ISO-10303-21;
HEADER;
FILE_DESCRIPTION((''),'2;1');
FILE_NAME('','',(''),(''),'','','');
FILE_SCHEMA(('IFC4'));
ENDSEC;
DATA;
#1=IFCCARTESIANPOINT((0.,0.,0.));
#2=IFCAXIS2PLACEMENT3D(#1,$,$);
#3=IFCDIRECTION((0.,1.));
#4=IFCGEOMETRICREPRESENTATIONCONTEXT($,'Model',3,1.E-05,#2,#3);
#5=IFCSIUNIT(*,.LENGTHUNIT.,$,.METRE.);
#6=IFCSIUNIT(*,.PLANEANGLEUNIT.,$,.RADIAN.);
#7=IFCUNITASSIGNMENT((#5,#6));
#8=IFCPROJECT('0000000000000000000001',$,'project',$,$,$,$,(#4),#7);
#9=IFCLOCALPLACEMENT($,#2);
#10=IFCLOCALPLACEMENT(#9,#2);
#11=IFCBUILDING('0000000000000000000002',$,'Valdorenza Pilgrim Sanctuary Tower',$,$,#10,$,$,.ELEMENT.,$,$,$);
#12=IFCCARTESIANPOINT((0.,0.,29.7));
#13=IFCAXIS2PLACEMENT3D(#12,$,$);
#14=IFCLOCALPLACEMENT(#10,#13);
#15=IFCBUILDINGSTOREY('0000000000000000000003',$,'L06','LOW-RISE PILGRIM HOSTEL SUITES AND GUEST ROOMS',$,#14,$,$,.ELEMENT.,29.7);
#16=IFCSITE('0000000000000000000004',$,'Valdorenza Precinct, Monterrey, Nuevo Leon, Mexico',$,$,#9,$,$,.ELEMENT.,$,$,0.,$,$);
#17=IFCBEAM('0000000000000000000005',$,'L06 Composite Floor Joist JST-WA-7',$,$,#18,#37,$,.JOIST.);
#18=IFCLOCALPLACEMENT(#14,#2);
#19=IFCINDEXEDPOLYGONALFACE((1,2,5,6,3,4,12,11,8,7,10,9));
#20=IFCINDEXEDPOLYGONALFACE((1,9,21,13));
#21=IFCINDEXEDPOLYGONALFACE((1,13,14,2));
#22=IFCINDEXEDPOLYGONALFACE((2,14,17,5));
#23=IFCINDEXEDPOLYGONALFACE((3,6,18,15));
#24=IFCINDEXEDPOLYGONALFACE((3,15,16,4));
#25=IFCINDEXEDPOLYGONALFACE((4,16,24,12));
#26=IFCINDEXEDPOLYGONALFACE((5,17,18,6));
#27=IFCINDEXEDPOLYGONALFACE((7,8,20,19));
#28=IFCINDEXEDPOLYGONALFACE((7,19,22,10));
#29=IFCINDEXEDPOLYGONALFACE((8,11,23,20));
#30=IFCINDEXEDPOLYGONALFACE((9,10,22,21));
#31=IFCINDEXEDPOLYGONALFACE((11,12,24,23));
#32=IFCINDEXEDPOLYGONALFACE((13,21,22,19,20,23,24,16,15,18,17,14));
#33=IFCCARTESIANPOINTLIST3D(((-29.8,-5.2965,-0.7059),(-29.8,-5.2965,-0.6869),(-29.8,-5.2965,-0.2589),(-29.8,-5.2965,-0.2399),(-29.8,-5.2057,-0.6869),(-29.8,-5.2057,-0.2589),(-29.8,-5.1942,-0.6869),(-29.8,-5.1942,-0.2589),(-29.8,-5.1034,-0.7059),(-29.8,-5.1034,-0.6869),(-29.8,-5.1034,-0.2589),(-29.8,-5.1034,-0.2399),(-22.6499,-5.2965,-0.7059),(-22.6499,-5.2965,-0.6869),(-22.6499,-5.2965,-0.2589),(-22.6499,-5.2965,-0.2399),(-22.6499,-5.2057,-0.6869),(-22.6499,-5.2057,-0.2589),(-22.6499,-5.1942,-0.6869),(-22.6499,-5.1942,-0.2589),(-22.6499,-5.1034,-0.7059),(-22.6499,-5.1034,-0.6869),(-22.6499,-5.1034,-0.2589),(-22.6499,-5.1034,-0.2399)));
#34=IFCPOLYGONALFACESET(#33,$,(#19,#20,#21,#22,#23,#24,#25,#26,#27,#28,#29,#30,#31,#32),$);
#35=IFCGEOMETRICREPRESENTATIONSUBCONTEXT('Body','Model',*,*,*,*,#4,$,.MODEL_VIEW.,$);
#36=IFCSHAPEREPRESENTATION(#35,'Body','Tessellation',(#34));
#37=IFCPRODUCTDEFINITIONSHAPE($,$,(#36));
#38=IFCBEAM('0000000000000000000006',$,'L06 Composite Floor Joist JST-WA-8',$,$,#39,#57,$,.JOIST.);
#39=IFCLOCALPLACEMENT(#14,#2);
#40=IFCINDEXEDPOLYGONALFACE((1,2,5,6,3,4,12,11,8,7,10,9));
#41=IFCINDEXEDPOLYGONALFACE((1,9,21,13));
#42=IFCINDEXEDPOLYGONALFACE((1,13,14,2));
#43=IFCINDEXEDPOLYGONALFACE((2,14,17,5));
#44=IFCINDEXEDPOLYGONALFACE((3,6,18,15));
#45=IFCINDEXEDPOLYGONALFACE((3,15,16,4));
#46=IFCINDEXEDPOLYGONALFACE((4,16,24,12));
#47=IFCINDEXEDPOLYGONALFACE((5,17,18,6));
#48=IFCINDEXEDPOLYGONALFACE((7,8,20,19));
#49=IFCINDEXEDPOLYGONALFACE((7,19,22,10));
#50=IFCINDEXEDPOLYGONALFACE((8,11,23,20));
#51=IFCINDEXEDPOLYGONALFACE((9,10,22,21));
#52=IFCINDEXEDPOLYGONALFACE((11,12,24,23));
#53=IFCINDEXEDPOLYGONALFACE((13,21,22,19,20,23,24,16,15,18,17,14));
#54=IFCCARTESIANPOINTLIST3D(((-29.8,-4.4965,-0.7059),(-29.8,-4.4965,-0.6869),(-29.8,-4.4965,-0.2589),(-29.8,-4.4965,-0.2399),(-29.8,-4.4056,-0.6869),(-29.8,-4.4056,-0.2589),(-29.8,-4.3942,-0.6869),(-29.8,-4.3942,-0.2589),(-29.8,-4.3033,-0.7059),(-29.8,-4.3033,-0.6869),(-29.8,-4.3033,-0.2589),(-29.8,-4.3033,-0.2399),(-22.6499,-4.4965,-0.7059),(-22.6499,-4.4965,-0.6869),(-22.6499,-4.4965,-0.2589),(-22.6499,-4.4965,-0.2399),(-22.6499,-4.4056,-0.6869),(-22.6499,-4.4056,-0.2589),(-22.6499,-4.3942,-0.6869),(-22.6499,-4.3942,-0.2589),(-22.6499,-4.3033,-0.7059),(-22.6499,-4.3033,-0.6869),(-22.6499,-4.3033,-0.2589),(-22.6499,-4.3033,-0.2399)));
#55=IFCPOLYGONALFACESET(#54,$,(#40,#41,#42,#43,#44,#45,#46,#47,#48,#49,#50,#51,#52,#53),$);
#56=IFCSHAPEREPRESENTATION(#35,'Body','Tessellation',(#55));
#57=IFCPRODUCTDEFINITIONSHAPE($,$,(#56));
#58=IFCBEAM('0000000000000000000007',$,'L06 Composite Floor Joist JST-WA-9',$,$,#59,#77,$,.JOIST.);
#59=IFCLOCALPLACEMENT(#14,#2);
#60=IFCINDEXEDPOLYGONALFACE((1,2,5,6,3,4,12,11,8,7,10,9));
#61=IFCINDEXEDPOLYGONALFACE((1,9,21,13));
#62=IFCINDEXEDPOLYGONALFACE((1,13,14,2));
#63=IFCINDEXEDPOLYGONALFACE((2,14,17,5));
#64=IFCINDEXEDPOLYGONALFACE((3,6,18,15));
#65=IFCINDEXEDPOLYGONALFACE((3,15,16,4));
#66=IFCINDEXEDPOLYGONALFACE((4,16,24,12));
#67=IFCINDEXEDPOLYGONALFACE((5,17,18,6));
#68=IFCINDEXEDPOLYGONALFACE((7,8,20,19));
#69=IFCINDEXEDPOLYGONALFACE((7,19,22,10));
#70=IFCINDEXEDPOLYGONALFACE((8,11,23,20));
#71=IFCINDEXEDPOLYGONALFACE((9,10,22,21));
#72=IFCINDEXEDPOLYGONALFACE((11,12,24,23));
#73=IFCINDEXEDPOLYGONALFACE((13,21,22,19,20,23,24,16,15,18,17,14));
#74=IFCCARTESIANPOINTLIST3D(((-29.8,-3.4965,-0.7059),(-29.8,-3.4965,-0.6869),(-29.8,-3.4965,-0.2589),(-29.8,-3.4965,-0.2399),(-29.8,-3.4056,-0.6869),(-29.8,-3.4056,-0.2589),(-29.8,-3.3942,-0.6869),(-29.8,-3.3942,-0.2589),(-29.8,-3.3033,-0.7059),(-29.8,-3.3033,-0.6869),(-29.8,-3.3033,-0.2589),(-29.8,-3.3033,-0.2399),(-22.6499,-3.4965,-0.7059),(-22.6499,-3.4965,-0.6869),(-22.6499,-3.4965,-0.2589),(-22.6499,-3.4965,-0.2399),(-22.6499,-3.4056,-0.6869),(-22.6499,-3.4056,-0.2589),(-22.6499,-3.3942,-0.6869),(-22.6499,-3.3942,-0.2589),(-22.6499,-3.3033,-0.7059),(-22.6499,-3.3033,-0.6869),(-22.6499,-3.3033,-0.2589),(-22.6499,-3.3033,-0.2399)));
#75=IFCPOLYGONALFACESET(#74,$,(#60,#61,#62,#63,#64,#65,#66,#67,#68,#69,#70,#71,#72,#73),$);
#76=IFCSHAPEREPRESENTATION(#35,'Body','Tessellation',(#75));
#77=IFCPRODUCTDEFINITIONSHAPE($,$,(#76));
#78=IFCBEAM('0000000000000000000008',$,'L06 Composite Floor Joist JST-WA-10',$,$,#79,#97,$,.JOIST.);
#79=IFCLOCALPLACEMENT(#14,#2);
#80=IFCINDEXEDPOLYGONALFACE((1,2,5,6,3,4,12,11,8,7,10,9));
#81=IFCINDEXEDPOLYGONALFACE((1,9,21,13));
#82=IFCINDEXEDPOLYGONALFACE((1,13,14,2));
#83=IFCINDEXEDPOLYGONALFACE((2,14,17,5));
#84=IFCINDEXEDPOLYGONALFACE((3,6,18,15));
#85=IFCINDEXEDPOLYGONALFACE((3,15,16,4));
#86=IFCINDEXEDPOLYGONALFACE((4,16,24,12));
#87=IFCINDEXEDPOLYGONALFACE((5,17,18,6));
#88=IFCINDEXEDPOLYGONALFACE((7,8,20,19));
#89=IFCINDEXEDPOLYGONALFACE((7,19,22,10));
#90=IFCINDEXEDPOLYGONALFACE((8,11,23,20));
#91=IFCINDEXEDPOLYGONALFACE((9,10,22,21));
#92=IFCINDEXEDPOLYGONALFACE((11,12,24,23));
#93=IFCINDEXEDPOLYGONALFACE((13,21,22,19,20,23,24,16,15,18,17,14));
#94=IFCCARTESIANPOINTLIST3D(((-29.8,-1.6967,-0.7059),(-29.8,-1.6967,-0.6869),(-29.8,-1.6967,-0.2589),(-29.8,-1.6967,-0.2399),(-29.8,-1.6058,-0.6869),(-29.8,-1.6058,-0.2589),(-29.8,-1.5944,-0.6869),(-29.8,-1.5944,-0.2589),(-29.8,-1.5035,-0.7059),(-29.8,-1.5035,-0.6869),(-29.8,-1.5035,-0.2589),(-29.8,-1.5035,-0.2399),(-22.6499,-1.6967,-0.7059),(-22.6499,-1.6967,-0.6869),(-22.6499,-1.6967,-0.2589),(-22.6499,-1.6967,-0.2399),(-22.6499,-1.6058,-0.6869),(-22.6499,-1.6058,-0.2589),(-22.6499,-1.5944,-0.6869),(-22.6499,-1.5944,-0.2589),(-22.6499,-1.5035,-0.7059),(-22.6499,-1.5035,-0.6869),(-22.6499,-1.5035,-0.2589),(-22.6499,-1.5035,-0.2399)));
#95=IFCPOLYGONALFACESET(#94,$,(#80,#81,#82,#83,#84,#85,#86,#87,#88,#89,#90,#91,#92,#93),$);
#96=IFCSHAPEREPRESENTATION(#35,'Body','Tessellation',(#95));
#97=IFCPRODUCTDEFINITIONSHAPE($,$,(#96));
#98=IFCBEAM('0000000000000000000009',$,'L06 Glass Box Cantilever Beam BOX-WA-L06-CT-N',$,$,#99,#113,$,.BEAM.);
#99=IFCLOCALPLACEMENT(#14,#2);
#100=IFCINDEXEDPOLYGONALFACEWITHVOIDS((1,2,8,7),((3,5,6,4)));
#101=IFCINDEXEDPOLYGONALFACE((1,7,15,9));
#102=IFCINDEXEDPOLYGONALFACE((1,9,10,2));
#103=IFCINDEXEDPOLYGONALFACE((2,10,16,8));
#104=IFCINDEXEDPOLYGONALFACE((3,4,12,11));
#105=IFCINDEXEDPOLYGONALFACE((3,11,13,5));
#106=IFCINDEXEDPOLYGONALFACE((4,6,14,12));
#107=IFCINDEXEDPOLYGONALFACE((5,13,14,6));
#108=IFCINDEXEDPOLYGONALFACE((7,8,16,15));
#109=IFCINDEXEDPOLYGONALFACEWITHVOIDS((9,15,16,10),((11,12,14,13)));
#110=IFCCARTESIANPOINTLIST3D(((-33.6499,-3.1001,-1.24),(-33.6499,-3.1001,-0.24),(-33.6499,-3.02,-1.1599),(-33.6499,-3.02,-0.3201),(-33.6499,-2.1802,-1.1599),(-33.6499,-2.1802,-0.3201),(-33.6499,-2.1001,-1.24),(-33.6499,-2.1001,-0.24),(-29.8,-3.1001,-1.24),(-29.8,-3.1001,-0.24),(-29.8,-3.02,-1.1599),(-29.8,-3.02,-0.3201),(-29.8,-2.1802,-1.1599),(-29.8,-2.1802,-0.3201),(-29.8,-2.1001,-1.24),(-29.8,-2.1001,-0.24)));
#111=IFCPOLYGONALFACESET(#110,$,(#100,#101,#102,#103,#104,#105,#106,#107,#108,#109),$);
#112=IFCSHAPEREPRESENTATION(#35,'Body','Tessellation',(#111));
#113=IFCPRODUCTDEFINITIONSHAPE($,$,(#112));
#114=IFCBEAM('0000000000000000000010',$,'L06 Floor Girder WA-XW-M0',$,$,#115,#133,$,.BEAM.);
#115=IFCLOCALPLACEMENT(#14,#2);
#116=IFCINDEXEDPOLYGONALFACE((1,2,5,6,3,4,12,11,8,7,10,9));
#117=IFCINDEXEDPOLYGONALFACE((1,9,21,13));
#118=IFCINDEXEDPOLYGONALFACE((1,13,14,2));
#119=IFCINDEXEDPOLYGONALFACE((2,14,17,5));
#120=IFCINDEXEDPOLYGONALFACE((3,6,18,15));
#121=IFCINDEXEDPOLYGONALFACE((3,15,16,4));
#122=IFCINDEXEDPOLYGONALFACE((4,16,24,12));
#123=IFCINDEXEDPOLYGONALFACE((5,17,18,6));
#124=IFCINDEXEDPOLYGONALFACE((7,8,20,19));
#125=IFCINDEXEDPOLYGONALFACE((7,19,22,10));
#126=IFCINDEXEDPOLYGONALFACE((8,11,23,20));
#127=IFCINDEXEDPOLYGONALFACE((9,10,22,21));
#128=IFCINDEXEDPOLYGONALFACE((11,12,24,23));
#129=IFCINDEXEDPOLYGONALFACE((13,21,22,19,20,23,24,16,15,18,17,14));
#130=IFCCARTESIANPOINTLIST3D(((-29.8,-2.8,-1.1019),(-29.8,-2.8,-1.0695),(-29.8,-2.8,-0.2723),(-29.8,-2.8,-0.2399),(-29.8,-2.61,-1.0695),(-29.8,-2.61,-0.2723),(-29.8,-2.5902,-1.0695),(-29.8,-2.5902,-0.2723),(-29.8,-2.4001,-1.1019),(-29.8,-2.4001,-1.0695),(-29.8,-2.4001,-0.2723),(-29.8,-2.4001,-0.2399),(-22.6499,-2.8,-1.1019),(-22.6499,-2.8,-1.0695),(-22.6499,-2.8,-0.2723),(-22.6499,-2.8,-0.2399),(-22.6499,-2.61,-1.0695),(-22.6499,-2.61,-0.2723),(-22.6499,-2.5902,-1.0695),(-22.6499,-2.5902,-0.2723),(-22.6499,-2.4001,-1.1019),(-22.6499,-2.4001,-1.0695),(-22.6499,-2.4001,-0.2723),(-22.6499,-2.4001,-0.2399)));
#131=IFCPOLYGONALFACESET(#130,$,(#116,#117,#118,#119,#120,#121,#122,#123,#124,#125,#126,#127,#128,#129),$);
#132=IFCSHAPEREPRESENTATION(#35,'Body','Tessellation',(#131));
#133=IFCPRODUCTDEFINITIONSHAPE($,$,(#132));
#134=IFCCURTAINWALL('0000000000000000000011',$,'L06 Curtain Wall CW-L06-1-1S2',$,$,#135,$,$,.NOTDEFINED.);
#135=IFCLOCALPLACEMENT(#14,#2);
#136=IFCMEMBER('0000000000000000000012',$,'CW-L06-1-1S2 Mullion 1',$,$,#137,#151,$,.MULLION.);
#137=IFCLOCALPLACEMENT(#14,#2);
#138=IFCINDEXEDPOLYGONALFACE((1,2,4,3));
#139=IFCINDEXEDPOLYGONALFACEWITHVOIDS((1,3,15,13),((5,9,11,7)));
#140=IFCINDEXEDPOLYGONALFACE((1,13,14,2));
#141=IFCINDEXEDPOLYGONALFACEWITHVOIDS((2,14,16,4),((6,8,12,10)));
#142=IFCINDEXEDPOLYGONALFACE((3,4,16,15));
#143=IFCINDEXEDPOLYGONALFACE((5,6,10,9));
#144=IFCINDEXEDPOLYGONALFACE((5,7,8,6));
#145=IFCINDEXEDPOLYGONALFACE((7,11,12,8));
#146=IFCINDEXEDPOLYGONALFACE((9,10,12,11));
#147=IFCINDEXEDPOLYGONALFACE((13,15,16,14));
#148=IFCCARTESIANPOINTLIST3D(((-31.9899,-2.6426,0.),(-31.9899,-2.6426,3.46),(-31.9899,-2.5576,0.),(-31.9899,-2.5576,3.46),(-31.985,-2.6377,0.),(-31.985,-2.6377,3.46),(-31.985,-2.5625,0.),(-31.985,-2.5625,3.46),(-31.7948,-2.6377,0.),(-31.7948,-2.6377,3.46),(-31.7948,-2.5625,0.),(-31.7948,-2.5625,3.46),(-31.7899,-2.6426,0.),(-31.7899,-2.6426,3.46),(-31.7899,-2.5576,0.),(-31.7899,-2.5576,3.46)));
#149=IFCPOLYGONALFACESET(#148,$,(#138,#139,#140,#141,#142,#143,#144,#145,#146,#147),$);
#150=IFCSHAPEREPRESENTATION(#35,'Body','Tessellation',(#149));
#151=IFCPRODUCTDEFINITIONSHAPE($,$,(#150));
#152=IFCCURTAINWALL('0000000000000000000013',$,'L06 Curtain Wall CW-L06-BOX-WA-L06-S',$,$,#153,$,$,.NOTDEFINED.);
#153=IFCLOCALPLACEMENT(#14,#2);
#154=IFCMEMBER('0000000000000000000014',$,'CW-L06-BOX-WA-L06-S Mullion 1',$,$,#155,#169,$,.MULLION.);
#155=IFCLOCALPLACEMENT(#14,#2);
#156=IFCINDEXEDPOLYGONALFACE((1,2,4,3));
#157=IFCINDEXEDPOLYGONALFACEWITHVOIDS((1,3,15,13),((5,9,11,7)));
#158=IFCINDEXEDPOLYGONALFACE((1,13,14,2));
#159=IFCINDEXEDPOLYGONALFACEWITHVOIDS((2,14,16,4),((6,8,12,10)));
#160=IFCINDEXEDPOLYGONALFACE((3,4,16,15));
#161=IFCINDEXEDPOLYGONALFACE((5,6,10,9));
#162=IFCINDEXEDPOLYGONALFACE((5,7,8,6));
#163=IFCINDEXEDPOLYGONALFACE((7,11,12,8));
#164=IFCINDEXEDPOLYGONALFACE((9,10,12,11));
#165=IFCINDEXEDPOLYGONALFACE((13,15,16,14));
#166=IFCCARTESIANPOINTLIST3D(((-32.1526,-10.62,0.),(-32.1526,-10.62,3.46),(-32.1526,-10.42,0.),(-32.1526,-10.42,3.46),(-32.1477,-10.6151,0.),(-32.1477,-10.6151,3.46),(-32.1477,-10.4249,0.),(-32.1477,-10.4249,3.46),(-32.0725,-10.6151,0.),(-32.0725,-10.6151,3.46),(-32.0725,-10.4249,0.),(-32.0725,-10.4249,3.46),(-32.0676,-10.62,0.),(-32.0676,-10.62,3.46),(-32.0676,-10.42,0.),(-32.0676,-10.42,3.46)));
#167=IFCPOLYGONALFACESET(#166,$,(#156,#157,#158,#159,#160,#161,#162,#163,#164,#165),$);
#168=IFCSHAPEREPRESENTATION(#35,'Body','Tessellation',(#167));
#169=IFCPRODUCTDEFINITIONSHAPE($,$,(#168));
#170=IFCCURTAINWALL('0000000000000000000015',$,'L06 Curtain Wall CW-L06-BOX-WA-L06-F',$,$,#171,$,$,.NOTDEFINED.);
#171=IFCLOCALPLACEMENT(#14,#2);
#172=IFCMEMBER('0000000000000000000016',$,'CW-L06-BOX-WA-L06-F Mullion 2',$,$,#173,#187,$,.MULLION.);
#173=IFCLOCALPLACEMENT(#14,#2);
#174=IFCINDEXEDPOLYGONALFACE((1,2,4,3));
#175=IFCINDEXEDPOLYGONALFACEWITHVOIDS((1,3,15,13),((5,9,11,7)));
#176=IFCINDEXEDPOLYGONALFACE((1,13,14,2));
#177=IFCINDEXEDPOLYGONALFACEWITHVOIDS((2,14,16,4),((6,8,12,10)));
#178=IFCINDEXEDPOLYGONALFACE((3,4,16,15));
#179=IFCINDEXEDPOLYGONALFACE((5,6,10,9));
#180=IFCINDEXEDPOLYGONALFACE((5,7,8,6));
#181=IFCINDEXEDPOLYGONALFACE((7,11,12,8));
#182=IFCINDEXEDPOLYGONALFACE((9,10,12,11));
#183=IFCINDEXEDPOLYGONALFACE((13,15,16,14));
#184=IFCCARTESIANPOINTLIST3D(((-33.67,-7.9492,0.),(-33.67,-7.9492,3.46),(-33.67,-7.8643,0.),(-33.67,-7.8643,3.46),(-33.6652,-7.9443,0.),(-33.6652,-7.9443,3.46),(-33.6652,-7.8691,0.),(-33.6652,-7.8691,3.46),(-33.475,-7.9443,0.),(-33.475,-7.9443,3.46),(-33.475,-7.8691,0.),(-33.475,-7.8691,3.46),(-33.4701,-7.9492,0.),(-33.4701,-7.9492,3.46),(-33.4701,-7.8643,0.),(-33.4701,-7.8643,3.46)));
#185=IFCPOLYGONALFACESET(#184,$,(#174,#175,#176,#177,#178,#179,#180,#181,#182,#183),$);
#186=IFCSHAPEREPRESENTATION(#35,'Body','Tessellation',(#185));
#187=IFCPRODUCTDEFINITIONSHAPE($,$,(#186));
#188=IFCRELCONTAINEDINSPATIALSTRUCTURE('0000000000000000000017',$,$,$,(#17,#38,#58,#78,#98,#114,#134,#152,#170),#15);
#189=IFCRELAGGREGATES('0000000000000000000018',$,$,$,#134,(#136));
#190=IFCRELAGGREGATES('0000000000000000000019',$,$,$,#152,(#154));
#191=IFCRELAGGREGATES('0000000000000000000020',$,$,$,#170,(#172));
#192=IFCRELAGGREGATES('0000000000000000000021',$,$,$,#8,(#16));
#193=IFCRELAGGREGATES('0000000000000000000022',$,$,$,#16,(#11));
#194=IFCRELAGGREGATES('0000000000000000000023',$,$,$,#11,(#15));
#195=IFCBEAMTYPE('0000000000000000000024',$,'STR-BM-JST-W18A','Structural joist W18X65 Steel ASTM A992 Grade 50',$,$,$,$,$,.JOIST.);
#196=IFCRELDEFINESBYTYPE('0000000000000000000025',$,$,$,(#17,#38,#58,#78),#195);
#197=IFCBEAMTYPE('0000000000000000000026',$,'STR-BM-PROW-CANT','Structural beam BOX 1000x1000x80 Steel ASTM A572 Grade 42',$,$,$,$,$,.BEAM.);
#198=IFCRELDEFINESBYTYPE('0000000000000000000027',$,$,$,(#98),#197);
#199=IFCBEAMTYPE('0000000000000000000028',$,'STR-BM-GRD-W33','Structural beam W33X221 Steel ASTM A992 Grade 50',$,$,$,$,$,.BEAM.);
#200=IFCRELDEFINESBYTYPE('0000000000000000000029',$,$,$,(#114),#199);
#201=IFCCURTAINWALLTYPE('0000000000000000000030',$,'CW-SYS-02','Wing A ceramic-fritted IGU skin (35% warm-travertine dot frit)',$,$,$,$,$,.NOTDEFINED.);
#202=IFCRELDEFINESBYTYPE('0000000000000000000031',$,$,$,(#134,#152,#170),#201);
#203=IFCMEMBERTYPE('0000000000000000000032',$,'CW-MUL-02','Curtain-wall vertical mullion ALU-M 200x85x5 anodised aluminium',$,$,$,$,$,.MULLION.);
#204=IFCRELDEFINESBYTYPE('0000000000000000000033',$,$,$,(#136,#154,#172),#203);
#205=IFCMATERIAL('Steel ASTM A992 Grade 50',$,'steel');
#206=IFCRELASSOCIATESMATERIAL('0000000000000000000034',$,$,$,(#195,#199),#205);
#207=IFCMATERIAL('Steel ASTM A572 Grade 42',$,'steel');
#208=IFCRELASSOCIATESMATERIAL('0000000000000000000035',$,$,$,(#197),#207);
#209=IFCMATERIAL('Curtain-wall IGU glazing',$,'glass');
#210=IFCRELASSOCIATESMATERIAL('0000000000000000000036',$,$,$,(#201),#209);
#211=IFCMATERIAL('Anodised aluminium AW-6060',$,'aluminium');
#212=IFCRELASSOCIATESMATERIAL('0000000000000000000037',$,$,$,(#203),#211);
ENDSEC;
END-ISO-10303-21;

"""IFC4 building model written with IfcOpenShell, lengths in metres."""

from ifc_helpers import new_model, si_unit, direction, frame, origin, origin_2d, place, context, subcontext, project, spatial, hollow_rectangle, i_section, extrude, source, transform, mapped, material, material_profile, profile_set, type_object, element, aggregate, save


model = new_model("IFC4")

# Units and contexts
model_context = context("Model", 3, precision=1e-05, world=origin(), true_north=direction((0.0, 1.0)))
body_context = subcontext(model_context, "Body", "Model", "MODEL_VIEW")
ifc_project = project(units=[si_unit("LENGTHUNIT", "METRE"), si_unit("PLANEANGLEUNIT", "RADIAN")], contexts=[model_context])

# Site, building, storey
site_placement = place(None, origin())
site = spatial("IfcSite", under=ifc_project, at=site_placement, Name="Valdorenza Precinct, Monterrey, Nuevo Leon, Mexico", CompositionType="ELEMENT", RefElevation=0.0)
building_placement = place(site_placement, origin())
building = spatial("IfcBuilding", under=site, at=building_placement, Name="Valdorenza Pilgrim Sanctuary Tower", CompositionType="ELEMENT")
storey_placement = place(building_placement, frame((0.0, 0.0, 29.7)))
storey = spatial("IfcBuildingStorey", under=building, at=storey_placement, Name="L06", Description="LOW-RISE PILGRIM HOSTEL SUITES AND GUEST ROOMS", CompositionType="ELEMENT", Elevation=29.7)

# Beams
ifc_material_1 = material(Name="Steel ASTM A992 Grade 50", Category="steel")
ifc_material_profile_1 = material_profile(ifc_material_1, i_section(OverallWidth=0.1931, OverallDepth=0.4661, WebThickness=0.0115, FlangeThickness=0.019, at=origin_2d()), Name="W18X65")
ifc_profile_set_1 = profile_set([ifc_material_profile_1], Name="Steel ASTM A992 Grade 50")
beam_type_1 = type_object("IfcBeamType", Name="STR-BM-JST-W18A", Description="Structural joist W18X65 Steel ASTM A992 Grade 50", PredefinedType="JOIST", material=ifc_profile_set_1)
shared_shape_1 = source(origin(), body_context, "Body", "SweptSolid", [
    extrude(i_section(OverallWidth=0.1931, OverallDepth=0.4661, WebThickness=0.0115, FlangeThickness=0.019, at=origin_2d()), origin(), (0.0, 0.0, 1.0), 7.1501),
])
for number, where, z_axis, x_axis, name in (
    (1, (-29.8, -5.2, -0.4729), (1.0, 0.0, 0.0), (0.0, 1.0, 0.0), "L06 Composite Floor Joist JST-WA-7"),
    (2, (-29.8, -4.3999, -0.4729), (1.0, 0.0, 0.0), (0.0, 1.0, 0.0), "L06 Composite Floor Joist JST-WA-8"),
    (3, (-29.8, -3.3999, -0.4729), (1.0, 0.0, 0.0), (0.0, 1.0, 0.0), "L06 Composite Floor Joist JST-WA-9"),
    (4, (-29.8, -1.6001, -0.4729), (1.0, 0.0, 0.0), (0.0, 1.0, 0.0), "L06 Composite Floor Joist JST-WA-10"),
):
    element("IfcBeam", number, at=place(storey_placement, frame(where, z_axis=z_axis, x_axis=x_axis)), inside=storey, type_object=beam_type_1, Name=name, PredefinedType="JOIST", context=body_context, shape_type="MappedRepresentation", body=[
        mapped(shared_shape_1, transform((0.0, 0.0, 0.0), x_axis=(1.0, 0.0, 0.0), y_axis=(0.0, 1.0, 0.0), z_axis=(0.0, 0.0, 1.0), scale=1.0)),
    ])
ifc_material_2 = material(Name="Steel ASTM A572 Grade 42", Category="steel")
ifc_material_profile_2 = material_profile(ifc_material_2, hollow_rectangle(XDim=1.0, YDim=1.0, WallThickness=0.0801, at=origin_2d()), Name="BOX 1000x1000x80")
ifc_profile_set_2 = profile_set([ifc_material_profile_2], Name="Steel ASTM A572 Grade 42")
beam_type_2 = type_object("IfcBeamType", Name="STR-BM-PROW-CANT", Description="Structural beam BOX 1000x1000x80 Steel ASTM A572 Grade 42", PredefinedType="BEAM", material=ifc_profile_set_2)
shared_shape_2 = source(origin(), body_context, "Body", "SweptSolid", [
    extrude(hollow_rectangle(XDim=1.0, YDim=1.0, WallThickness=0.0801, at=origin_2d()), origin(), (0.0, 0.0, 1.0), 3.8499),
])
beam_1_placement = place(storey_placement, frame((-29.8, -2.6001, -0.74), z_axis=(-1.0, 0.0, 0.0), x_axis=(0.0, -1.0, 0.0)))
element("IfcBeam", 5, at=beam_1_placement, inside=storey, type_object=beam_type_2, Name="L06 Glass Box Cantilever Beam BOX-WA-L06-CT-N", PredefinedType="BEAM", context=body_context, shape_type="MappedRepresentation", body=[
    mapped(shared_shape_2, transform((0.0, 0.0, 0.0), x_axis=(1.0, 0.0, 0.0), y_axis=(0.0, 1.0, 0.0), z_axis=(0.0, 0.0, 1.0), scale=1.0)),
])
ifc_material_profile_3 = material_profile(ifc_material_1, i_section(OverallWidth=0.3999, OverallDepth=0.8621, WebThickness=0.0198, FlangeThickness=0.0325, at=origin_2d()), Name="W33X221")
ifc_profile_set_3 = profile_set([ifc_material_profile_3], Name="Steel ASTM A992 Grade 50")
beam_type_3 = type_object("IfcBeamType", Name="STR-BM-GRD-W33", Description="Structural beam W33X221 Steel ASTM A992 Grade 50", PredefinedType="BEAM", material=ifc_profile_set_3)
shared_shape_3 = source(origin(), body_context, "Body", "SweptSolid", [
    extrude(i_section(OverallWidth=0.3999, OverallDepth=0.8621, WebThickness=0.0198, FlangeThickness=0.0325, at=origin_2d()), origin(), (0.0, 0.0, 1.0), 7.1501),
])
beam_2_placement = place(storey_placement, frame((-29.8, -2.6001, -0.6709), z_axis=(1.0, 0.0, 0.0), x_axis=(0.0, 1.0, 0.0)))
element("IfcBeam", 6, at=beam_2_placement, inside=storey, type_object=beam_type_3, Name="L06 Floor Girder WA-XW-M0", PredefinedType="BEAM", context=body_context, shape_type="MappedRepresentation", body=[
    mapped(shared_shape_3, transform((0.0, 0.0, 0.0), x_axis=(1.0, 0.0, 0.0), y_axis=(0.0, 1.0, 0.0), z_axis=(0.0, 0.0, 1.0), scale=1.0)),
])

# Curtain walls, members
ifc_material_3 = material(Name="Curtain-wall IGU glazing", Category="glass")
curtain_wall_type = type_object("IfcCurtainWallType", Name="CW-SYS-02", Description="Wing A ceramic-fritted IGU skin (35% warm-travertine dot frit)", PredefinedType="NOTDEFINED", material=ifc_material_3)
curtain_wall_1_placement = place(storey_placement, origin())
curtain_wall_1 = element("IfcCurtainWall", 7, at=curtain_wall_1_placement, inside=storey, type_object=curtain_wall_type, Name="L06 Curtain Wall CW-L06-1-1S2", PredefinedType="NOTDEFINED")
ifc_material_4 = material(Name="Anodised aluminium AW-6060", Category="aluminium")
ifc_material_profile_4 = material_profile(ifc_material_4, hollow_rectangle(XDim=0.085, YDim=0.2, WallThickness=0.0049, at=origin_2d()), Name="ALU-M 200x85x5")
ifc_profile_set_4 = profile_set([ifc_material_profile_4], Name="Anodised aluminium AW-6060")
member_type_1 = type_object("IfcMemberType", Name="CW-MUL-02", Description="Curtain-wall vertical mullion ALU-M 200x85x5 anodised aluminium", PredefinedType="MULLION", material=ifc_profile_set_4)
shared_shape_4 = source(origin(), body_context, "Body", "SweptSolid", [
    extrude(hollow_rectangle(XDim=0.085, YDim=0.2, WallThickness=0.0049, at=origin_2d()), origin(), (0.0, 0.0, 1.0), 3.46),
])
member_1_placement = place(storey_placement, frame((-31.8899, -2.6001, 0.0), z_axis=(0.0, 0.0, 1.0), x_axis=(0.0, 1.0, 0.0)))
member_1 = element("IfcMember", 8, at=member_1_placement, type_object=member_type_1, Name="CW-L06-1-1S2 Mullion 1", PredefinedType="MULLION", context=body_context, shape_type="MappedRepresentation", body=[
    mapped(shared_shape_4, transform((0.0, 0.0, 0.0), x_axis=(1.0, 0.0, 0.0), y_axis=(0.0, 1.0, 0.0), z_axis=(0.0, 0.0, 1.0), scale=1.0)),
])
curtain_wall_2_placement = place(storey_placement, origin())
curtain_wall_2 = element("IfcCurtainWall", 9, at=curtain_wall_2_placement, inside=storey, type_object=curtain_wall_type, Name="L06 Curtain Wall CW-L06-BOX-WA-L06-S", PredefinedType="NOTDEFINED")
member_2_placement = place(storey_placement, frame((-32.1101, -10.52, 0.0), z_axis=(0.0, 0.0, 1.0), x_axis=(-1.0, 0.0, 0.0)))
member_2 = element("IfcMember", 10, at=member_2_placement, type_object=member_type_1, Name="CW-L06-BOX-WA-L06-S Mullion 1", PredefinedType="MULLION", context=body_context, shape_type="MappedRepresentation", body=[
    mapped(shared_shape_4, transform((0.0, 0.0, 0.0), x_axis=(1.0, 0.0, 0.0), y_axis=(0.0, 1.0, 0.0), z_axis=(0.0, 0.0, 1.0), scale=1.0)),
])

# Curtain wall, member
curtain_wall_3_placement = place(storey_placement, origin())
curtain_wall_3 = element("IfcCurtainWall", 11, at=curtain_wall_3_placement, inside=storey, type_object=curtain_wall_type, Name="L06 Curtain Wall CW-L06-BOX-WA-L06-F", PredefinedType="NOTDEFINED")
member_3_placement = place(storey_placement, frame((-33.5701, -7.9067, 0.0), z_axis=(0.0, 0.0, 1.0), x_axis=(0.0, 1.0, 0.0)))
member_3 = element("IfcMember", 12, at=member_3_placement, type_object=member_type_1, Name="CW-L06-BOX-WA-L06-F Mullion 2", PredefinedType="MULLION", context=body_context, shape_type="MappedRepresentation", body=[
    mapped(shared_shape_4, transform((0.0, 0.0, 0.0), x_axis=(1.0, 0.0, 0.0), y_axis=(0.0, 1.0, 0.0), z_axis=(0.0, 0.0, 1.0), scale=1.0)),
])

aggregate(curtain_wall_1, [member_1])

aggregate(curtain_wall_2, [member_2])
aggregate(curtain_wall_3, [member_3])

save(model, "model.ifc")
